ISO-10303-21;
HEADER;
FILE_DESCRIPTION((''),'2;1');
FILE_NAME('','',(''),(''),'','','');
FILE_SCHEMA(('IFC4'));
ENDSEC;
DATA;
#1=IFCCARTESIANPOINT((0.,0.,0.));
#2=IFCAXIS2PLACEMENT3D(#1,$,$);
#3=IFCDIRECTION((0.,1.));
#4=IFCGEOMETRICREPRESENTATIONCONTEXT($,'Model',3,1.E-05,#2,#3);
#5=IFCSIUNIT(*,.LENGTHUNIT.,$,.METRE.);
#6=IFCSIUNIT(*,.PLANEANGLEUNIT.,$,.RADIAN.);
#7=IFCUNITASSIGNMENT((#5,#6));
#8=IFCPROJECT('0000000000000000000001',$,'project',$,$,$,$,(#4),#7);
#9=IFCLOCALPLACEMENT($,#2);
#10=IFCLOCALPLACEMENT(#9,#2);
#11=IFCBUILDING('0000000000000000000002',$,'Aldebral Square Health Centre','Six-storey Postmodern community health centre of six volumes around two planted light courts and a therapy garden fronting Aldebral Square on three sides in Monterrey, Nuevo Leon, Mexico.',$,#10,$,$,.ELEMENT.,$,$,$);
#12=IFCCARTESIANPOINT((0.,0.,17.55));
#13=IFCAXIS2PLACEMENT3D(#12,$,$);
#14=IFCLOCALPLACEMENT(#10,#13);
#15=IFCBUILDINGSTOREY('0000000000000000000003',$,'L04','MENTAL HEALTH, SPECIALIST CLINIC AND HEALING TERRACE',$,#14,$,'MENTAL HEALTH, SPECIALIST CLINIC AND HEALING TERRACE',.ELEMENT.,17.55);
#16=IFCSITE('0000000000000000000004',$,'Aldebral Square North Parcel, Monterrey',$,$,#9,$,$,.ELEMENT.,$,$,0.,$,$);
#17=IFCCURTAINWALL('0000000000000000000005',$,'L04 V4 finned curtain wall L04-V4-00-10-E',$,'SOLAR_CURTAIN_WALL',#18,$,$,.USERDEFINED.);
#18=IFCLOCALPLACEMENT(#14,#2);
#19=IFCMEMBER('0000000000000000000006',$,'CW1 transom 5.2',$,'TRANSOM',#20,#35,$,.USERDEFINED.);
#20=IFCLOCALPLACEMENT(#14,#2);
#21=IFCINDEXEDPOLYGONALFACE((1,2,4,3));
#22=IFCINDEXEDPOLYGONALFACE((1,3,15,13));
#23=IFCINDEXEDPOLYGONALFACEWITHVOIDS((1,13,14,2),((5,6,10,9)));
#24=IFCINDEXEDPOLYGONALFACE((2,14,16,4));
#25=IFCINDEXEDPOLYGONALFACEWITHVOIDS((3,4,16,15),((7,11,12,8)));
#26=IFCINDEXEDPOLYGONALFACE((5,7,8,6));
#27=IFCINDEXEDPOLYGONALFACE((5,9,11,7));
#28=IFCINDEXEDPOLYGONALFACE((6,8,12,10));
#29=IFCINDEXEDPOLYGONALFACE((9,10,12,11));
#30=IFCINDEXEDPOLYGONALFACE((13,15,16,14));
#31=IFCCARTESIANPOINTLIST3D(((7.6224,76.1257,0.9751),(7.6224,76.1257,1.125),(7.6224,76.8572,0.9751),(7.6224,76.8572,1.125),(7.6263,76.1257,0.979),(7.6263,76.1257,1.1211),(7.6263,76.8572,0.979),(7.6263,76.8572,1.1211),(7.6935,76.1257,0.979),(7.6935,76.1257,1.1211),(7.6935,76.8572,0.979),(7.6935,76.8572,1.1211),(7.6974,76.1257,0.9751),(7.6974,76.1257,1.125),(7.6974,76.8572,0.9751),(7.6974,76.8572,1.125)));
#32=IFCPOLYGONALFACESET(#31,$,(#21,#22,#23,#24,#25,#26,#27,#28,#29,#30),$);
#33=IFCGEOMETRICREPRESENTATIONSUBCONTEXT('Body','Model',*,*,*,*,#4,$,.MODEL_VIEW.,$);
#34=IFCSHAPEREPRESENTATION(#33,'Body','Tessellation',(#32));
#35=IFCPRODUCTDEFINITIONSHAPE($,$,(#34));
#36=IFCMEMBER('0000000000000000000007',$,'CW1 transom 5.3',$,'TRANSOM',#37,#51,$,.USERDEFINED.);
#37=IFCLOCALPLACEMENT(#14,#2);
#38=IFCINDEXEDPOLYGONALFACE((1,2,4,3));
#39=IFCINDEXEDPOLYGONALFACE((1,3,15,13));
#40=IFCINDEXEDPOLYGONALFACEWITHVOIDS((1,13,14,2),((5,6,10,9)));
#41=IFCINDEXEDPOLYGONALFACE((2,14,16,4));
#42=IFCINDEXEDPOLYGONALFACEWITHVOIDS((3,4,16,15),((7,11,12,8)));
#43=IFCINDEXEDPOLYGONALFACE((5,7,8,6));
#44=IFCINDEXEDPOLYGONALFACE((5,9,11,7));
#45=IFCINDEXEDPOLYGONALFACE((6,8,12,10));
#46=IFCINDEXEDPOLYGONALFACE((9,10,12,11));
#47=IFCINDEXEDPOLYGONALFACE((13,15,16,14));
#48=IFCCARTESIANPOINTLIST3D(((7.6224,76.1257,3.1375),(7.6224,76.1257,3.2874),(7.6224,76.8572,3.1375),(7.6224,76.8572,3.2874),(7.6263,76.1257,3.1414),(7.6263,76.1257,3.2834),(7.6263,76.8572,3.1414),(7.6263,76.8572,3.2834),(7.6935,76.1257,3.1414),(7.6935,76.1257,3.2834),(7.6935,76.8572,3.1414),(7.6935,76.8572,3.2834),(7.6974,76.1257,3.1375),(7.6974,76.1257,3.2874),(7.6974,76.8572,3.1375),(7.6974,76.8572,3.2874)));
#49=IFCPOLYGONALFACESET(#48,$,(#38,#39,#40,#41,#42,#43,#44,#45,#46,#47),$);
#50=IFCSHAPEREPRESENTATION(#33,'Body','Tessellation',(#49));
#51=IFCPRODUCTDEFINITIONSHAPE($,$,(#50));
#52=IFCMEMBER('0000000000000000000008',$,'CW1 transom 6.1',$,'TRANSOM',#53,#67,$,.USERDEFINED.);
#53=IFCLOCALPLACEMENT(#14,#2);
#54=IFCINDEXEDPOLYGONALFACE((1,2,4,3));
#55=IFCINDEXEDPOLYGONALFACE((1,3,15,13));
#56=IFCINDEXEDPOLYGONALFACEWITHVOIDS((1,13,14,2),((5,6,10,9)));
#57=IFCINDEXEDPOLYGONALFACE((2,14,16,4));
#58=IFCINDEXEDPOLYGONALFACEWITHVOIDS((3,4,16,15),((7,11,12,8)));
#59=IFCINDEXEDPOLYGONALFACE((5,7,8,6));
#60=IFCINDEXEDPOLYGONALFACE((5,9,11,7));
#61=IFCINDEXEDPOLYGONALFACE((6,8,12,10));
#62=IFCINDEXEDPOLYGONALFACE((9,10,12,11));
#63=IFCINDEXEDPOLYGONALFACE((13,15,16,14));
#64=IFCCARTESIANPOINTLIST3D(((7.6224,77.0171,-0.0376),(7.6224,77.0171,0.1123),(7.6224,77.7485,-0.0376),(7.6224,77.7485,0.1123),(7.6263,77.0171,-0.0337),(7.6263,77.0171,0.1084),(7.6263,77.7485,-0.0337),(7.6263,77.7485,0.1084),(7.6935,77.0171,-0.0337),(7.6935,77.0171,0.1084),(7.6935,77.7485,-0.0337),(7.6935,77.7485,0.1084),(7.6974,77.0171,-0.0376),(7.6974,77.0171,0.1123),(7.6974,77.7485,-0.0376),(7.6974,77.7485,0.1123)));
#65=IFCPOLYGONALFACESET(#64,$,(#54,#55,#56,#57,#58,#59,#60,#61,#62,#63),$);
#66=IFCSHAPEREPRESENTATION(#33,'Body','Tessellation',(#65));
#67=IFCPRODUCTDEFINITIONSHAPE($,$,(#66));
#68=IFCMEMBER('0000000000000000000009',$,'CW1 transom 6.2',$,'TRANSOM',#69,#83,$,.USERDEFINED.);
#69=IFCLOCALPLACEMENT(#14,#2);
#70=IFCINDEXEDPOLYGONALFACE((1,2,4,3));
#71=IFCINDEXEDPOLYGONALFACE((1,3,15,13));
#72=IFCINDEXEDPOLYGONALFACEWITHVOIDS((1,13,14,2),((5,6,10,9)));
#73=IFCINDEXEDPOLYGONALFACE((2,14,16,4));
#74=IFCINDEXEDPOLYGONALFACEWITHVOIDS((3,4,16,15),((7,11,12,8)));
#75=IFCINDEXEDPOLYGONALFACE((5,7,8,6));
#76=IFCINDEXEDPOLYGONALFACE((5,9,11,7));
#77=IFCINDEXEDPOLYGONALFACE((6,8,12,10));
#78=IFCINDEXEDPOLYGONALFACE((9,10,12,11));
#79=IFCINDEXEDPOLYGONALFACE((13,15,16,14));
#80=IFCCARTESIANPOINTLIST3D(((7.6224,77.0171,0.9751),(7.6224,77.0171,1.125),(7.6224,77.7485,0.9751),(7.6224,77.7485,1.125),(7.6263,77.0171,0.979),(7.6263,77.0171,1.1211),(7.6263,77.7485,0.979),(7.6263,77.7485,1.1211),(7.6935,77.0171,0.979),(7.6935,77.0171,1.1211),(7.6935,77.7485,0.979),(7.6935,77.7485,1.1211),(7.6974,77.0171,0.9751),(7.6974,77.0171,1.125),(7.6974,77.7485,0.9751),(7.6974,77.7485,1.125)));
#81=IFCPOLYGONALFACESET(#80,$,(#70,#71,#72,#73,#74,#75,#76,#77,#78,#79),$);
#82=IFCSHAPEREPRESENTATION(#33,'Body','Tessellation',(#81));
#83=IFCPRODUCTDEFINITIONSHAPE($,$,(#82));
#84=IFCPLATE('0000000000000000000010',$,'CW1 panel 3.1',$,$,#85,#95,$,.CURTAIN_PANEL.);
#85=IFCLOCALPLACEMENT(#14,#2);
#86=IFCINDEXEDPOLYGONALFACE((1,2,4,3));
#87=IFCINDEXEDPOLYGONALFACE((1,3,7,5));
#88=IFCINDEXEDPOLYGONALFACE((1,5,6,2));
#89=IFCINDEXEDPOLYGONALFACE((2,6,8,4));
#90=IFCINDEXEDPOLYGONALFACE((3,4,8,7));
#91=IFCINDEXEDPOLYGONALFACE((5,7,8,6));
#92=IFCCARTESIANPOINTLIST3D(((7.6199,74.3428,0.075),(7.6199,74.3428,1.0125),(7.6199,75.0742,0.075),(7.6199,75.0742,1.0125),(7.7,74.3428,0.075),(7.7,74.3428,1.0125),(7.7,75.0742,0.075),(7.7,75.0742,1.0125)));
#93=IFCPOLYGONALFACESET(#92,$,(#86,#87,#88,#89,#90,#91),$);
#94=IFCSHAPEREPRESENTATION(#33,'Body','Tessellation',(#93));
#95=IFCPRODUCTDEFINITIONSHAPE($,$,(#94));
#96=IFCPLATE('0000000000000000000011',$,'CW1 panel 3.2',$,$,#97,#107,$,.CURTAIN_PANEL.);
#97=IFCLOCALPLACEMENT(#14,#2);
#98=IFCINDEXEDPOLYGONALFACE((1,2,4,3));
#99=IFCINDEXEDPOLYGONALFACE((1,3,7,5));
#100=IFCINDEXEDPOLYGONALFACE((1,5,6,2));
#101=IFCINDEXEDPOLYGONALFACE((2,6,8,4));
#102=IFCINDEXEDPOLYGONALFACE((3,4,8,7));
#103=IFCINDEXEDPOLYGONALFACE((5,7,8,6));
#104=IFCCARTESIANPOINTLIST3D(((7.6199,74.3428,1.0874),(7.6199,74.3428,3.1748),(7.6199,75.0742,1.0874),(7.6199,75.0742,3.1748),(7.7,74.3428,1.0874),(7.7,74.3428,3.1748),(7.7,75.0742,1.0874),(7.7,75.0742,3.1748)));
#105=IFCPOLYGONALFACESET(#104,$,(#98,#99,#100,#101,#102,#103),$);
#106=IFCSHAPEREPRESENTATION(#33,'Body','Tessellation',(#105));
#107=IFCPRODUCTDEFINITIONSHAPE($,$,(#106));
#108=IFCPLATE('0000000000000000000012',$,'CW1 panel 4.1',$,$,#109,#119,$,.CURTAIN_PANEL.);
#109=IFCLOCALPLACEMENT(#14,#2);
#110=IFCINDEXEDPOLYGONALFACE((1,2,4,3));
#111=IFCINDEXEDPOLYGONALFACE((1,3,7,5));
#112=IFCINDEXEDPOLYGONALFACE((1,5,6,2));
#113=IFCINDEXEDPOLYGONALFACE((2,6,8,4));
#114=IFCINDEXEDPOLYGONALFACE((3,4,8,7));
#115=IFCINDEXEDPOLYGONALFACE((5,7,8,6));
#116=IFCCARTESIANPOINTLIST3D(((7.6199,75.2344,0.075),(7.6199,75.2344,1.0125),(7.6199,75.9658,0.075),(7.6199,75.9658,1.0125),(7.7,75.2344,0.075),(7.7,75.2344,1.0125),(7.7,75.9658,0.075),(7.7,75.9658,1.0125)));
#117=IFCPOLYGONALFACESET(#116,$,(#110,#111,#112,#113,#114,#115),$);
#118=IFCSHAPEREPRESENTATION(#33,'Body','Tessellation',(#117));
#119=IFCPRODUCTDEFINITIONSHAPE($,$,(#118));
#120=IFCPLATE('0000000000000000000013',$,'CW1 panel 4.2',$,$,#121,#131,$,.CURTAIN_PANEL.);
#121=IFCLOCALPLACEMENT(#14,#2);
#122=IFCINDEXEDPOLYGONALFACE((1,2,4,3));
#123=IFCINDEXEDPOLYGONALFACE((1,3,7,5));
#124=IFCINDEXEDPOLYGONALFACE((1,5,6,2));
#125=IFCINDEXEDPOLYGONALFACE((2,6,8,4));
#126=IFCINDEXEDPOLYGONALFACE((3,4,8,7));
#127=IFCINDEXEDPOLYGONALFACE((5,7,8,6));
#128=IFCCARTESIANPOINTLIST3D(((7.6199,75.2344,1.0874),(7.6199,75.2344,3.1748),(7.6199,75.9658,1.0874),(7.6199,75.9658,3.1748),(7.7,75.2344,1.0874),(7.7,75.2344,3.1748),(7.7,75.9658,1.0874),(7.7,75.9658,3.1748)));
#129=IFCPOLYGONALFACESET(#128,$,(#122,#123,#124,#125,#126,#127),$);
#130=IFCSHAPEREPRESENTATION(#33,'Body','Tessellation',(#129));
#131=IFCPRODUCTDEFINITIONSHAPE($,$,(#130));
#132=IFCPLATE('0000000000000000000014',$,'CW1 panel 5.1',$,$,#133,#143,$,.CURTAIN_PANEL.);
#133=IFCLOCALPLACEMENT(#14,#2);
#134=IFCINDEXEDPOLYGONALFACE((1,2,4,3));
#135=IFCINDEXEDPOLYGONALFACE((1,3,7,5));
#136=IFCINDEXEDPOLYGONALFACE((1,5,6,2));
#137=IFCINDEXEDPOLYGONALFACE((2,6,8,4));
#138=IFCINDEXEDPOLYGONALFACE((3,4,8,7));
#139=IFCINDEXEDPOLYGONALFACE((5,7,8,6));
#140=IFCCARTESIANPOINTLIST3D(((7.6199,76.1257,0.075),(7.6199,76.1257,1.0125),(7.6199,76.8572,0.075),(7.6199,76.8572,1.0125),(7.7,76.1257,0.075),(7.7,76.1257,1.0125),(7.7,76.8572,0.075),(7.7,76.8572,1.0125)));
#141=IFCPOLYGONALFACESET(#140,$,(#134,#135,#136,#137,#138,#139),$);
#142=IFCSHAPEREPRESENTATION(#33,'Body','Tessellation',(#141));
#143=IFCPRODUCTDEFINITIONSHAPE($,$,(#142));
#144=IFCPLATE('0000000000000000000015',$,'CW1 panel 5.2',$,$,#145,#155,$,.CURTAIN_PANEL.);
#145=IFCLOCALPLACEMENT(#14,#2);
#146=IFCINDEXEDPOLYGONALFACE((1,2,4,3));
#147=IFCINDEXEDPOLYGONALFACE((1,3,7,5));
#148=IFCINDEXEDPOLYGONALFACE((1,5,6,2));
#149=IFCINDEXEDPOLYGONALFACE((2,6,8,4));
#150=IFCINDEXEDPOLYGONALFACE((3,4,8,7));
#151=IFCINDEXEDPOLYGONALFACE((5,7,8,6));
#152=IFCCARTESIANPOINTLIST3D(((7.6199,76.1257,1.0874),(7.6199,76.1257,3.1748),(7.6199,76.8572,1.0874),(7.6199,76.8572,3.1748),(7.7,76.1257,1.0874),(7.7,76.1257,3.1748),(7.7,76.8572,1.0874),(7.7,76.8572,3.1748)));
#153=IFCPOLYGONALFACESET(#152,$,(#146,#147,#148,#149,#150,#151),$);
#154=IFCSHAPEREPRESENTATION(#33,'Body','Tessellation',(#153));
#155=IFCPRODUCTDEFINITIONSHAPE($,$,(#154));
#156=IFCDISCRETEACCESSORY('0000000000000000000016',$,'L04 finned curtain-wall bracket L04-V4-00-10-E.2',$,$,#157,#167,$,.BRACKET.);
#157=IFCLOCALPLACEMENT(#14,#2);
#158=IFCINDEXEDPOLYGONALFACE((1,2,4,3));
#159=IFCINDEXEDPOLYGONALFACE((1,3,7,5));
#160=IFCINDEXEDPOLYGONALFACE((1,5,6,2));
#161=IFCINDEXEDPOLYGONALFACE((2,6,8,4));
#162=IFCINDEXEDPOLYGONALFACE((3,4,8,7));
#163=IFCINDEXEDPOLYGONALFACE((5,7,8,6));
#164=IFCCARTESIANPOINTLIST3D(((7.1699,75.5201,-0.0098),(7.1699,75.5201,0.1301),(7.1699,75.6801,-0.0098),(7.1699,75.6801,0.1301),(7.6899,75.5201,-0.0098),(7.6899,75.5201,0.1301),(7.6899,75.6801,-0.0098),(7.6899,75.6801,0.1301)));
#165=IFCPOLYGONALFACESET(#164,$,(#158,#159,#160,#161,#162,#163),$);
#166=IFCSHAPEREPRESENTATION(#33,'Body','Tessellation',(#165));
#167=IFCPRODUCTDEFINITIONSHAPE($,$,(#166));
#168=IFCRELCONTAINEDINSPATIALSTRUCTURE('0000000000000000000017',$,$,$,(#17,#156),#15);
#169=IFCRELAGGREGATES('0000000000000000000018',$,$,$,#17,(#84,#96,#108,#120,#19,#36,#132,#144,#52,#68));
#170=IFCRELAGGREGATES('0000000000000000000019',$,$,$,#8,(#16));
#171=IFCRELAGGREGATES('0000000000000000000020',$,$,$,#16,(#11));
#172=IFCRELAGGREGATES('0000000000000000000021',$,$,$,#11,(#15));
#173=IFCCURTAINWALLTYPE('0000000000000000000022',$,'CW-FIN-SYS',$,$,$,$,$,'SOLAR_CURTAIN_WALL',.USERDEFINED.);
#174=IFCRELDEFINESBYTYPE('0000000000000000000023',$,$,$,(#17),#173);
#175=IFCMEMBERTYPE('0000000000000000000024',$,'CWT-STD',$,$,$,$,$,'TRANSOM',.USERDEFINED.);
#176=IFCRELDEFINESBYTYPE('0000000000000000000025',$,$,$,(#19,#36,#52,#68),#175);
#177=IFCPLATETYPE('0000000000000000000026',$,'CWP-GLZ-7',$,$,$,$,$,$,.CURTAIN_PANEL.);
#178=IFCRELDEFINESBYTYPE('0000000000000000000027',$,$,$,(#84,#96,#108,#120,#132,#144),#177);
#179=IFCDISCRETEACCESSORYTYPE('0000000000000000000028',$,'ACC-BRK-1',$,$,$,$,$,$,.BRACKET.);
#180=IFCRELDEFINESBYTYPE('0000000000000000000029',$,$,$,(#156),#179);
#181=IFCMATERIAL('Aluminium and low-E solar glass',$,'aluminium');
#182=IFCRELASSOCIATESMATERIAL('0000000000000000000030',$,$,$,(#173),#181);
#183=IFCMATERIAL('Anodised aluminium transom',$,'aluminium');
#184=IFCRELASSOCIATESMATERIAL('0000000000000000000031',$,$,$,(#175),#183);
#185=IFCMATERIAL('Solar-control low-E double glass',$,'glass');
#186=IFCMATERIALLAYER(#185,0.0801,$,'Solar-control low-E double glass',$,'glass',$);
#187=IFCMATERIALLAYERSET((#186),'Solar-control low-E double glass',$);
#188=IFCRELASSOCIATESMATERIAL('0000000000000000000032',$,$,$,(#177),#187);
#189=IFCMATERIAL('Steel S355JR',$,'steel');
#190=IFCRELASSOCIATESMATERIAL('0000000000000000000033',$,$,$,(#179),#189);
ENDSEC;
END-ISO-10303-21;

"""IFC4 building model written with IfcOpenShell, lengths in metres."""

from ifc_helpers import new_model, si_unit, direction, frame, origin, origin_2d, place, context, subcontext, project, spatial, rectangle, hollow_rectangle, extrude, material, layer, layer_set, material_profile, profile_set, type_object, element, aggregate, save


model = new_model("IFC4")

# Units and contexts
model_context = context("Model", 3, precision=1e-05, world=origin(), true_north=direction((0.0, 1.0)))
body_context = subcontext(model_context, "Body", "Model", "MODEL_VIEW")
ifc_project = project(units=[si_unit("LENGTHUNIT", "METRE"), si_unit("PLANEANGLEUNIT", "RADIAN")], contexts=[model_context])

# Site, building, storey
site_placement = place(None, origin())
site = spatial("IfcSite", under=ifc_project, at=site_placement, Name="Aldebral Square North Parcel, Monterrey", CompositionType="ELEMENT", RefElevation=0.0)
building_placement = place(site_placement, origin())
building = spatial("IfcBuilding", under=site, at=building_placement, Name="Aldebral Square Health Centre", Description="Six-storey Postmodern community health centre of six volumes around two planted light courts and a therapy garden fronting Aldebral Square on three sides in Monterrey, Nuevo Leon, Mexico.", CompositionType="ELEMENT")
storey_placement = place(building_placement, frame((0.0, 0.0, 17.55)))
storey = spatial("IfcBuildingStorey", under=building, at=storey_placement, Name="L04", Description="MENTAL HEALTH, SPECIALIST CLINIC AND HEALING TERRACE", LongName="MENTAL HEALTH, SPECIALIST CLINIC AND HEALING TERRACE", CompositionType="ELEMENT", Elevation=17.55)

# Curtain wall, members, plates
ifc_material_1 = material(Name="Aluminium and low-E solar glass", Category="aluminium")
curtain_wall_type = type_object("IfcCurtainWallType", Name="CW-FIN-SYS", ElementType="SOLAR_CURTAIN_WALL", PredefinedType="USERDEFINED", material=ifc_material_1)
curtain_wall_placement = place(storey_placement, origin())
curtain_wall = element("IfcCurtainWall", 1, at=curtain_wall_placement, inside=storey, type_object=curtain_wall_type, Name="L04 V4 finned curtain wall L04-V4-00-10-E", ObjectType="SOLAR_CURTAIN_WALL", PredefinedType="USERDEFINED")
ifc_material_2 = material(Name="Anodised aluminium transom", Category="aluminium")
ifc_material_profile_1 = material_profile(ifc_material_2, hollow_rectangle(XDim=0.075, YDim=0.1499, WallThickness=0.0039, at=origin_2d()), Name="CWT 75x150x4")
ifc_profile_set_1 = profile_set([ifc_material_profile_1], Name="Anodised aluminium transom")
member_type_1 = type_object("IfcMemberType", Name="CWT-STD", ElementType="TRANSOM", PredefinedType="USERDEFINED", material=ifc_profile_set_1)
member_1_placement = place(storey_placement, frame((7.6599, 76.1257, 1.05), z_axis=(0.0, 1.0, 0.0), x_axis=(-1.0, 0.0, 0.0)))
member_1 = element("IfcMember", 2, at=member_1_placement, type_object=member_type_1, Name="CW1 transom 5.2", ObjectType="TRANSOM", PredefinedType="USERDEFINED", context=body_context, shape_type="SweptSolid", body=[
    extrude(hollow_rectangle(XDim=0.075, YDim=0.1499, WallThickness=0.0039, at=origin_2d()), origin(), (0.0, 0.0, 1.0), 0.7314),
])
member_2_placement = place(storey_placement, frame((7.6599, 76.1257, 3.2124), z_axis=(0.0, 1.0, 0.0), x_axis=(-1.0, 0.0, 0.0)))
member_2 = element("IfcMember", 3, at=member_2_placement, type_object=member_type_1, Name="CW1 transom 5.3", ObjectType="TRANSOM", PredefinedType="USERDEFINED", context=body_context, shape_type="SweptSolid", body=[
    extrude(hollow_rectangle(XDim=0.075, YDim=0.1499, WallThickness=0.0039, at=origin_2d()), origin(), (0.0, 0.0, 1.0), 0.7314),
])
member_3_placement = place(storey_placement, frame((7.6599, 77.0171, 0.0374), z_axis=(0.0, 1.0, 0.0), x_axis=(-1.0, 0.0, 0.0)))
member_3 = element("IfcMember", 4, at=member_3_placement, type_object=member_type_1, Name="CW1 transom 6.1", ObjectType="TRANSOM", PredefinedType="USERDEFINED", context=body_context, shape_type="SweptSolid", body=[
    extrude(hollow_rectangle(XDim=0.075, YDim=0.1499, WallThickness=0.0039, at=origin_2d()), origin(), (0.0, 0.0, 1.0), 0.7314),
])
member_4_placement = place(storey_placement, frame((7.6599, 77.0171, 1.05), z_axis=(0.0, 1.0, 0.0), x_axis=(-1.0, 0.0, 0.0)))
member_4 = element("IfcMember", 5, at=member_4_placement, type_object=member_type_1, Name="CW1 transom 6.2", ObjectType="TRANSOM", PredefinedType="USERDEFINED", context=body_context, shape_type="SweptSolid", body=[
    extrude(hollow_rectangle(XDim=0.075, YDim=0.1499, WallThickness=0.0039, at=origin_2d()), origin(), (0.0, 0.0, 1.0), 0.7314),
])
ifc_material_3 = material(Name="Solar-control low-E double glass", Category="glass")
ifc_layer = layer(ifc_material_3, 0.0801, Name="Solar-control low-E double glass", Category="glass")
ifc_layer_set = layer_set([ifc_layer], Name="Solar-control low-E double glass")
plate_type = type_object("IfcPlateType", Name="CWP-GLZ-7", PredefinedType="CURTAIN_PANEL", material=ifc_layer_set)
plate_1_placement = place(storey_placement, frame((7.6599, 74.7085, 0.075), z_axis=(0.0, 0.0, 1.0), x_axis=(0.0, 1.0, 0.0)))
plate_1 = element("IfcPlate", 6, at=plate_1_placement, type_object=plate_type, Name="CW1 panel 3.1", PredefinedType="CURTAIN_PANEL", context=body_context, shape_type="SweptSolid", body=[
    extrude(rectangle(XDim=0.7314, YDim=0.0801, at=origin_2d()), origin(), (0.0, 0.0, 1.0), 0.9375),
])
plate_2_placement = place(storey_placement, frame((7.6599, 74.7085, 1.0874), z_axis=(0.0, 0.0, 1.0), x_axis=(0.0, 1.0, 0.0)))
plate_2 = element("IfcPlate", 7, at=plate_2_placement, type_object=plate_type, Name="CW1 panel 3.2", PredefinedType="CURTAIN_PANEL", context=body_context, shape_type="SweptSolid", body=[
    extrude(rectangle(XDim=0.7314, YDim=0.0801, at=origin_2d()), origin(), (0.0, 0.0, 1.0), 2.0874),
])
plate_3_placement = place(storey_placement, frame((7.6599, 75.6001, 0.075), z_axis=(0.0, 0.0, 1.0), x_axis=(0.0, 1.0, 0.0)))
plate_3 = element("IfcPlate", 8, at=plate_3_placement, type_object=plate_type, Name="CW1 panel 4.1", PredefinedType="CURTAIN_PANEL", context=body_context, shape_type="SweptSolid", body=[
    extrude(rectangle(XDim=0.7314, YDim=0.0801, at=origin_2d()), origin(), (0.0, 0.0, 1.0), 0.9375),
])
plate_4_placement = place(storey_placement, frame((7.6599, 75.6001, 1.0874), z_axis=(0.0, 0.0, 1.0), x_axis=(0.0, 1.0, 0.0)))
plate_4 = element("IfcPlate", 9, at=plate_4_placement, type_object=plate_type, Name="CW1 panel 4.2", PredefinedType="CURTAIN_PANEL", context=body_context, shape_type="SweptSolid", body=[
    extrude(rectangle(XDim=0.7314, YDim=0.0801, at=origin_2d()), origin(), (0.0, 0.0, 1.0), 2.0874),
])
plate_5_placement = place(storey_placement, frame((7.6599, 76.4915, 0.075), z_axis=(0.0, 0.0, 1.0), x_axis=(0.0, 1.0, 0.0)))
plate_5 = element("IfcPlate", 10, at=plate_5_placement, type_object=plate_type, Name="CW1 panel 5.1", PredefinedType="CURTAIN_PANEL", context=body_context, shape_type="SweptSolid", body=[
    extrude(rectangle(XDim=0.7314, YDim=0.0801, at=origin_2d()), origin(), (0.0, 0.0, 1.0), 0.9375),
])
plate_6_placement = place(storey_placement, frame((7.6599, 76.4915, 1.0874), z_axis=(0.0, 0.0, 1.0), x_axis=(0.0, 1.0, 0.0)))
plate_6 = element("IfcPlate", 11, at=plate_6_placement, type_object=plate_type, Name="CW1 panel 5.2", PredefinedType="CURTAIN_PANEL", context=body_context, shape_type="SweptSolid", body=[
    extrude(rectangle(XDim=0.7314, YDim=0.0801, at=origin_2d()), origin(), (0.0, 0.0, 1.0), 2.0874),
])
aggregate(curtain_wall, [plate_1, plate_2, plate_3, plate_4, member_1, member_2, plate_5, plate_6, member_3, member_4])

# Discrete accessory
ifc_material_4 = material(Name="Steel S355JR", Category="steel")
discrete_accessory_type = type_object("IfcDiscreteAccessoryType", Name="ACC-BRK-1", PredefinedType="BRACKET", material=ifc_material_4)
discrete_accessory_placement = place(storey_placement, frame((7.4299, 75.6001, -0.0098), z_axis=(0.0, 0.0, 1.0), x_axis=(0.0, 1.0, 0.0)))
element("IfcDiscreteAccessory", 12, at=discrete_accessory_placement, inside=storey, type_object=discrete_accessory_type, Name="L04 finned curtain-wall bracket L04-V4-00-10-E.2", PredefinedType="BRACKET", context=body_context, shape_type="SweptSolid", body=[
    extrude(rectangle(XDim=0.1599, YDim=0.52, at=origin_2d()), origin(), (0.0, 0.0, 1.0), 0.1399),
])

save(model, "model.ifc")
